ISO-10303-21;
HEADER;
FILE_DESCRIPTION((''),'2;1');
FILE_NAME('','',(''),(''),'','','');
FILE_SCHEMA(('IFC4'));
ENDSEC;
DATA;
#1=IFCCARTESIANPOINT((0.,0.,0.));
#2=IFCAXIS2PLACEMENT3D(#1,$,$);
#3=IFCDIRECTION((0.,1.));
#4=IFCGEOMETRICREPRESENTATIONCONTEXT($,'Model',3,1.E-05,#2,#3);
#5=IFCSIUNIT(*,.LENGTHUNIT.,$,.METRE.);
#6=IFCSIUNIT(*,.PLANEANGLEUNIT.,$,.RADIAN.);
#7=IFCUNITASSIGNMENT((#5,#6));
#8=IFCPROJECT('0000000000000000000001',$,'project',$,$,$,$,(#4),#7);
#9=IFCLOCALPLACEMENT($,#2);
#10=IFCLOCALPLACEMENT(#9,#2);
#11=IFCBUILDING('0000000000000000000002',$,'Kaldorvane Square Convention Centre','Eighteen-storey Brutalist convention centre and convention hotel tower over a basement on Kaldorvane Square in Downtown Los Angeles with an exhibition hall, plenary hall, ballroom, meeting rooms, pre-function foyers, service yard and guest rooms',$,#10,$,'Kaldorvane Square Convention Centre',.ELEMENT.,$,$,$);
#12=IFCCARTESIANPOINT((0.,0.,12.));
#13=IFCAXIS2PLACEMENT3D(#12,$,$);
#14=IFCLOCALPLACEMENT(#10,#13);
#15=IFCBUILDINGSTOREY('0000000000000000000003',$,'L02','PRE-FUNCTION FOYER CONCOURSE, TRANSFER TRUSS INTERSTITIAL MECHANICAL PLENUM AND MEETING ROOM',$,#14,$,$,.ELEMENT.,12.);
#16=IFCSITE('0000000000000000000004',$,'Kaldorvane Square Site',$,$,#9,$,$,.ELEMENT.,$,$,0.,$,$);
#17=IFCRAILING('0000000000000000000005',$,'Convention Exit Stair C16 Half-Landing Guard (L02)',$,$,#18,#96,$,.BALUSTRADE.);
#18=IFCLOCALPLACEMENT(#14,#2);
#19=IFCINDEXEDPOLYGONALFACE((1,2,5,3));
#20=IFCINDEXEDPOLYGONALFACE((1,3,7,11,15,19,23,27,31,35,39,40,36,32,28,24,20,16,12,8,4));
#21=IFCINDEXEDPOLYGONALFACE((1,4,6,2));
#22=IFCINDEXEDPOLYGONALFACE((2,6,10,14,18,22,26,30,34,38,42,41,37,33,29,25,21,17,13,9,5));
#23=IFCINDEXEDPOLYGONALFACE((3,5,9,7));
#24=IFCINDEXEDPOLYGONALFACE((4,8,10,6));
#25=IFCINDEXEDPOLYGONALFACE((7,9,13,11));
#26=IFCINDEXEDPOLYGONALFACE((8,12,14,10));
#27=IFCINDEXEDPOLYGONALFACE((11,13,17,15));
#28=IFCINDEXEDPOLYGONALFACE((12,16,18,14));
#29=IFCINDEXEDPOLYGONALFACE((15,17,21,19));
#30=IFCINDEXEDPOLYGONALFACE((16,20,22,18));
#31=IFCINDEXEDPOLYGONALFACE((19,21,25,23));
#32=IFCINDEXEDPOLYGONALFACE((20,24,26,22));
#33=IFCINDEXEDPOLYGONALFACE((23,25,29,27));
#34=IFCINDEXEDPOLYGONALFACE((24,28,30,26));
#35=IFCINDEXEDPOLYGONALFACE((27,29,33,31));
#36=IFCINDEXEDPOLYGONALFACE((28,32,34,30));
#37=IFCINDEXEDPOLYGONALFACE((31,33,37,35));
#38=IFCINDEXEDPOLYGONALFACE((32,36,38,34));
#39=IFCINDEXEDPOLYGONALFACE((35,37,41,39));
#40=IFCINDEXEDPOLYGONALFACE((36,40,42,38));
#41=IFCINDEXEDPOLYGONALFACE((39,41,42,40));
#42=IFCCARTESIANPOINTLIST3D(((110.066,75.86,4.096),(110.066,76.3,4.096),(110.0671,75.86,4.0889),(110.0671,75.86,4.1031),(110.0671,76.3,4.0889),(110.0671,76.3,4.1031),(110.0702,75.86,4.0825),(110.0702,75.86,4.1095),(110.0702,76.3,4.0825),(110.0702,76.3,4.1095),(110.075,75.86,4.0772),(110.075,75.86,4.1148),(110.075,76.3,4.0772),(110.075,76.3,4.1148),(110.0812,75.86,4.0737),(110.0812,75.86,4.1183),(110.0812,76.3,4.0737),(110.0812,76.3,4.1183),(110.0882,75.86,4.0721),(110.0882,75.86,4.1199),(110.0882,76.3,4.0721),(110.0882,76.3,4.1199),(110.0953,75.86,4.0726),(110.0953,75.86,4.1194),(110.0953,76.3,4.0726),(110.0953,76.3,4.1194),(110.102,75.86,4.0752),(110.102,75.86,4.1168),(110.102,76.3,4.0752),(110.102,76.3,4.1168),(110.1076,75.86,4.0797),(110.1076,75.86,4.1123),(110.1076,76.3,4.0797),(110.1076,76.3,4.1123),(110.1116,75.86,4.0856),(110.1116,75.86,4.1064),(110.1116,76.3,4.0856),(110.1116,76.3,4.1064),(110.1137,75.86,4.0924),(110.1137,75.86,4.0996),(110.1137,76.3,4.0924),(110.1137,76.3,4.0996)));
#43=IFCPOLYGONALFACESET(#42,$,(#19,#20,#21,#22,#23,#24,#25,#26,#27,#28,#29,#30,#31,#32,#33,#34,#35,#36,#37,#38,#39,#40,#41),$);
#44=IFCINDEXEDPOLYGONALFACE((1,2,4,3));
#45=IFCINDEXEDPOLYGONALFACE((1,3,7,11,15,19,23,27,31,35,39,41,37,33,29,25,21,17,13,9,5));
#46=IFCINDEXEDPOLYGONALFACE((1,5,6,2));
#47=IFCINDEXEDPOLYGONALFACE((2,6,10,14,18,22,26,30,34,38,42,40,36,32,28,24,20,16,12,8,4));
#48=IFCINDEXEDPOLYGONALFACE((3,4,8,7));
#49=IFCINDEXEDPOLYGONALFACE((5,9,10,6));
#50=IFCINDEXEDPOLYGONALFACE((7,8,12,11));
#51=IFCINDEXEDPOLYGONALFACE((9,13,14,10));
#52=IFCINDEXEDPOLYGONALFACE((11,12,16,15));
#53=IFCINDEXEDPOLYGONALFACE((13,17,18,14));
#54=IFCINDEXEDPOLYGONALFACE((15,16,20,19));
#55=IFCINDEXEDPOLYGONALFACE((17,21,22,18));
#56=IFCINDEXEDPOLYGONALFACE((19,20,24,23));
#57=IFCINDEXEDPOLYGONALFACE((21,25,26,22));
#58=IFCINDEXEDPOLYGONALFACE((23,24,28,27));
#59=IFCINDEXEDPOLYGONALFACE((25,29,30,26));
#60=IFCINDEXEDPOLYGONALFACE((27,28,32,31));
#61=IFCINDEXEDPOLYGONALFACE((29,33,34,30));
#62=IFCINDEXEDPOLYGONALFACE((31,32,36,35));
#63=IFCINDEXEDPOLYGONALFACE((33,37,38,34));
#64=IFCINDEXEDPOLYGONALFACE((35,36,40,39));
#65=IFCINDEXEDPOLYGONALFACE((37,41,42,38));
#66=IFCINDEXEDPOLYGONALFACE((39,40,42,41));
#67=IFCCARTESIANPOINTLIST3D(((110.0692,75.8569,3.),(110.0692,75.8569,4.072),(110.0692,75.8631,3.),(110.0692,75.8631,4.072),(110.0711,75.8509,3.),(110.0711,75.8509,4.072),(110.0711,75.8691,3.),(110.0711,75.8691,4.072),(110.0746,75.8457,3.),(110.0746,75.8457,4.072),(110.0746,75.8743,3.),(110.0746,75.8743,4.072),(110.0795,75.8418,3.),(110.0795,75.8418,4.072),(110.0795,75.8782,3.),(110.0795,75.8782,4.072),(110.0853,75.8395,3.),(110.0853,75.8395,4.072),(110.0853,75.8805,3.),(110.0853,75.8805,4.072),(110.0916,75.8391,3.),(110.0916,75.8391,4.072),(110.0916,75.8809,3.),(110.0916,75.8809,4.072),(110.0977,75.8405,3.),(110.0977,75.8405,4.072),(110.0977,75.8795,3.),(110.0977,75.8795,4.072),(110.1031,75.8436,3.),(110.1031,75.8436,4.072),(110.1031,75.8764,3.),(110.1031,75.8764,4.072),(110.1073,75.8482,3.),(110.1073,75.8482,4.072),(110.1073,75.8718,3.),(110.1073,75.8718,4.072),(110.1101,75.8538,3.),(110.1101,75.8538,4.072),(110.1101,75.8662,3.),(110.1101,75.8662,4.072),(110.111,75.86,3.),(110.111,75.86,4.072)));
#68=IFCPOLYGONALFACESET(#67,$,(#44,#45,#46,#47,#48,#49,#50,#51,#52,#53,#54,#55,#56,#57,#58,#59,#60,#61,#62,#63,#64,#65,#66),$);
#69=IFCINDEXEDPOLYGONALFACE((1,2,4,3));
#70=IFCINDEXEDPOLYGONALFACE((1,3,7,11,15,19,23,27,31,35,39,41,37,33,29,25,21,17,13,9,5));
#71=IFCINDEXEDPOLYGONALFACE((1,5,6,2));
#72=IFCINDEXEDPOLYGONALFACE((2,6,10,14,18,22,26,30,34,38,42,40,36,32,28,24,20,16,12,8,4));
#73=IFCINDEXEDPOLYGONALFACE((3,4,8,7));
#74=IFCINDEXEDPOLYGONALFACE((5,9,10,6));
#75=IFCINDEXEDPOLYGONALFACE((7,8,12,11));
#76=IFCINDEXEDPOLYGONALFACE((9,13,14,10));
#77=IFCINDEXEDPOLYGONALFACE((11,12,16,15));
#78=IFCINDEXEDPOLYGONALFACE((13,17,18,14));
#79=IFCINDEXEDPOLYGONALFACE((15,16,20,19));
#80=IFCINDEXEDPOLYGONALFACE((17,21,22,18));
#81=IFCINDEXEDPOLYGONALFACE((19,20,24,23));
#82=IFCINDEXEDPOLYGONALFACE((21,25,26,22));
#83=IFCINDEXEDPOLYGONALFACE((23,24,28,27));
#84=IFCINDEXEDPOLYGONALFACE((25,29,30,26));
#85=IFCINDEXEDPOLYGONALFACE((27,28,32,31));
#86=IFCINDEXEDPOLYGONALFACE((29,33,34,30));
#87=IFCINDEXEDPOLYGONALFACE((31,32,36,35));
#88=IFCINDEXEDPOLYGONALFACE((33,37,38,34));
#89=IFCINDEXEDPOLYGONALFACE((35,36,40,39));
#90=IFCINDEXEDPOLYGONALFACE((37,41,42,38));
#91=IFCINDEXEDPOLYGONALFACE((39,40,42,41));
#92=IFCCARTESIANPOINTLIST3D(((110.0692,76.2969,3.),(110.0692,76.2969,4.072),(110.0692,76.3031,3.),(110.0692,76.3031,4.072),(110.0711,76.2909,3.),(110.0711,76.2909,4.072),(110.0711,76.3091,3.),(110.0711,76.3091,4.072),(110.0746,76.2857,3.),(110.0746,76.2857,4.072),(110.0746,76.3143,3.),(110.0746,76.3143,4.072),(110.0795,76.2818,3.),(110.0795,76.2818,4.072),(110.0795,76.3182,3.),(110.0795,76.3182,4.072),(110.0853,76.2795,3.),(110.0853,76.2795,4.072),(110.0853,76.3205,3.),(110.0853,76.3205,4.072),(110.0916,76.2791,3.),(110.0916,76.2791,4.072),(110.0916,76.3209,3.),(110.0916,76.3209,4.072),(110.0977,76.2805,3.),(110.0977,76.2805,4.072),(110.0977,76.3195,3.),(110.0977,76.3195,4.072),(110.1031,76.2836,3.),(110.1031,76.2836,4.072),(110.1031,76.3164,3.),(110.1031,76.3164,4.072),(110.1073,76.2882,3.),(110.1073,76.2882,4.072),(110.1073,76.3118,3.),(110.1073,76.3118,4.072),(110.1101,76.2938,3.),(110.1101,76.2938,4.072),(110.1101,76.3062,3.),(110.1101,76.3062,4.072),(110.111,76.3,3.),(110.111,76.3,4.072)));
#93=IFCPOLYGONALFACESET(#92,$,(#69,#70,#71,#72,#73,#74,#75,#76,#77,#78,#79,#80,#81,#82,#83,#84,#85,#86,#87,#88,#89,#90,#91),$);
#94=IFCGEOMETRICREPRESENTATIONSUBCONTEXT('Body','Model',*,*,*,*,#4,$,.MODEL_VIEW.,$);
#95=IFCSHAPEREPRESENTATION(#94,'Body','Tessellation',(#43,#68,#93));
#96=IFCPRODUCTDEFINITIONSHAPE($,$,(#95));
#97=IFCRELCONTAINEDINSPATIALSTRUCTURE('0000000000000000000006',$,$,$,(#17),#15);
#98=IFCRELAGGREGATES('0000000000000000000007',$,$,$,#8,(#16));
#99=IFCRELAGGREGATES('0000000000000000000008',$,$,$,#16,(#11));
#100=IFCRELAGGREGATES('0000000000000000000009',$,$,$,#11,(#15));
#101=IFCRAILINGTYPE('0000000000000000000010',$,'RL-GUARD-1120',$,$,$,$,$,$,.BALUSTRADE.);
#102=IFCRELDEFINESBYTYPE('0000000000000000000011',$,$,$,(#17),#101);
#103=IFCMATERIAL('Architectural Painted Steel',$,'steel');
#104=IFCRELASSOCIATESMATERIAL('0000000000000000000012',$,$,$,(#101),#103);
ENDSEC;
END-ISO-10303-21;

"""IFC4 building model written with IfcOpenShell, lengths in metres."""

from ifc_helpers import new_model, si_unit, direction, frame, origin, origin_2d, place, context, subcontext, project, spatial, circle, extrude, material, type_object, element, save


model = new_model("IFC4")

# Units and contexts
model_context = context("Model", 3, precision=1e-05, world=origin(), true_north=direction((0.0, 1.0)))
body_context = subcontext(model_context, "Body", "Model", "MODEL_VIEW")
ifc_project = project(units=[si_unit("LENGTHUNIT", "METRE"), si_unit("PLANEANGLEUNIT", "RADIAN")], contexts=[model_context])

# Site, building, storey
site_placement = place(None, origin())
site = spatial("IfcSite", under=ifc_project, at=site_placement, Name="Kaldorvane Square Site", CompositionType="ELEMENT", RefElevation=0.0)
building_placement = place(site_placement, origin())
building = spatial("IfcBuilding", under=site, at=building_placement, Name="Kaldorvane Square Convention Centre", Description="Eighteen-storey Brutalist convention centre and convention hotel tower over a basement on Kaldorvane Square in Downtown Los Angeles with an exhibition hall, plenary hall, ballroom, meeting rooms, pre-function foyers, service yard and guest rooms", LongName="Kaldorvane Square Convention Centre", CompositionType="ELEMENT")
storey_placement = place(building_placement, frame((0.0, 0.0, 12.0)))
storey = spatial("IfcBuildingStorey", under=building, at=storey_placement, Name="L02", Description="PRE-FUNCTION FOYER CONCOURSE, TRANSFER TRUSS INTERSTITIAL MECHANICAL PLENUM AND MEETING ROOM", CompositionType="ELEMENT", Elevation=12.0)

# Railing
ifc_material_1 = material(Name="Architectural Painted Steel", Category="steel")
railing_type_1 = type_object("IfcRailingType", Name="RL-GUARD-1120", PredefinedType="BALUSTRADE", material=ifc_material_1)
for number, where, name in (
    (1, (110.09, 75.86, 3.0), "Convention Exit Stair C16 Half-Landing Guard (L02)"),
):
    element("IfcRailing", number, at=place(storey_placement, frame(where)), inside=storey, type_object=railing_type_1, Name=name, PredefinedType="BALUSTRADE", context=body_context, shape_type="SweptSolid", body=[
        extrude(circle(Radius=0.024, at=origin_2d()), frame((0.0, 0.0, 1.096), z_axis=(0.0, 1.0, 0.0), x_axis=(-1.0, 0.0, 0.0)), (0.0, 0.0, 1.0), 0.44),
        extrude(circle(Radius=0.021, at=origin_2d()), origin(), (0.0, 0.0, 1.0), 1.072),
        extrude(circle(Radius=0.021, at=origin_2d()), frame((0.0, 0.44, 0.0)), (0.0, 0.0, 1.0), 1.072),
    ])

save(model, "model.ifc")
